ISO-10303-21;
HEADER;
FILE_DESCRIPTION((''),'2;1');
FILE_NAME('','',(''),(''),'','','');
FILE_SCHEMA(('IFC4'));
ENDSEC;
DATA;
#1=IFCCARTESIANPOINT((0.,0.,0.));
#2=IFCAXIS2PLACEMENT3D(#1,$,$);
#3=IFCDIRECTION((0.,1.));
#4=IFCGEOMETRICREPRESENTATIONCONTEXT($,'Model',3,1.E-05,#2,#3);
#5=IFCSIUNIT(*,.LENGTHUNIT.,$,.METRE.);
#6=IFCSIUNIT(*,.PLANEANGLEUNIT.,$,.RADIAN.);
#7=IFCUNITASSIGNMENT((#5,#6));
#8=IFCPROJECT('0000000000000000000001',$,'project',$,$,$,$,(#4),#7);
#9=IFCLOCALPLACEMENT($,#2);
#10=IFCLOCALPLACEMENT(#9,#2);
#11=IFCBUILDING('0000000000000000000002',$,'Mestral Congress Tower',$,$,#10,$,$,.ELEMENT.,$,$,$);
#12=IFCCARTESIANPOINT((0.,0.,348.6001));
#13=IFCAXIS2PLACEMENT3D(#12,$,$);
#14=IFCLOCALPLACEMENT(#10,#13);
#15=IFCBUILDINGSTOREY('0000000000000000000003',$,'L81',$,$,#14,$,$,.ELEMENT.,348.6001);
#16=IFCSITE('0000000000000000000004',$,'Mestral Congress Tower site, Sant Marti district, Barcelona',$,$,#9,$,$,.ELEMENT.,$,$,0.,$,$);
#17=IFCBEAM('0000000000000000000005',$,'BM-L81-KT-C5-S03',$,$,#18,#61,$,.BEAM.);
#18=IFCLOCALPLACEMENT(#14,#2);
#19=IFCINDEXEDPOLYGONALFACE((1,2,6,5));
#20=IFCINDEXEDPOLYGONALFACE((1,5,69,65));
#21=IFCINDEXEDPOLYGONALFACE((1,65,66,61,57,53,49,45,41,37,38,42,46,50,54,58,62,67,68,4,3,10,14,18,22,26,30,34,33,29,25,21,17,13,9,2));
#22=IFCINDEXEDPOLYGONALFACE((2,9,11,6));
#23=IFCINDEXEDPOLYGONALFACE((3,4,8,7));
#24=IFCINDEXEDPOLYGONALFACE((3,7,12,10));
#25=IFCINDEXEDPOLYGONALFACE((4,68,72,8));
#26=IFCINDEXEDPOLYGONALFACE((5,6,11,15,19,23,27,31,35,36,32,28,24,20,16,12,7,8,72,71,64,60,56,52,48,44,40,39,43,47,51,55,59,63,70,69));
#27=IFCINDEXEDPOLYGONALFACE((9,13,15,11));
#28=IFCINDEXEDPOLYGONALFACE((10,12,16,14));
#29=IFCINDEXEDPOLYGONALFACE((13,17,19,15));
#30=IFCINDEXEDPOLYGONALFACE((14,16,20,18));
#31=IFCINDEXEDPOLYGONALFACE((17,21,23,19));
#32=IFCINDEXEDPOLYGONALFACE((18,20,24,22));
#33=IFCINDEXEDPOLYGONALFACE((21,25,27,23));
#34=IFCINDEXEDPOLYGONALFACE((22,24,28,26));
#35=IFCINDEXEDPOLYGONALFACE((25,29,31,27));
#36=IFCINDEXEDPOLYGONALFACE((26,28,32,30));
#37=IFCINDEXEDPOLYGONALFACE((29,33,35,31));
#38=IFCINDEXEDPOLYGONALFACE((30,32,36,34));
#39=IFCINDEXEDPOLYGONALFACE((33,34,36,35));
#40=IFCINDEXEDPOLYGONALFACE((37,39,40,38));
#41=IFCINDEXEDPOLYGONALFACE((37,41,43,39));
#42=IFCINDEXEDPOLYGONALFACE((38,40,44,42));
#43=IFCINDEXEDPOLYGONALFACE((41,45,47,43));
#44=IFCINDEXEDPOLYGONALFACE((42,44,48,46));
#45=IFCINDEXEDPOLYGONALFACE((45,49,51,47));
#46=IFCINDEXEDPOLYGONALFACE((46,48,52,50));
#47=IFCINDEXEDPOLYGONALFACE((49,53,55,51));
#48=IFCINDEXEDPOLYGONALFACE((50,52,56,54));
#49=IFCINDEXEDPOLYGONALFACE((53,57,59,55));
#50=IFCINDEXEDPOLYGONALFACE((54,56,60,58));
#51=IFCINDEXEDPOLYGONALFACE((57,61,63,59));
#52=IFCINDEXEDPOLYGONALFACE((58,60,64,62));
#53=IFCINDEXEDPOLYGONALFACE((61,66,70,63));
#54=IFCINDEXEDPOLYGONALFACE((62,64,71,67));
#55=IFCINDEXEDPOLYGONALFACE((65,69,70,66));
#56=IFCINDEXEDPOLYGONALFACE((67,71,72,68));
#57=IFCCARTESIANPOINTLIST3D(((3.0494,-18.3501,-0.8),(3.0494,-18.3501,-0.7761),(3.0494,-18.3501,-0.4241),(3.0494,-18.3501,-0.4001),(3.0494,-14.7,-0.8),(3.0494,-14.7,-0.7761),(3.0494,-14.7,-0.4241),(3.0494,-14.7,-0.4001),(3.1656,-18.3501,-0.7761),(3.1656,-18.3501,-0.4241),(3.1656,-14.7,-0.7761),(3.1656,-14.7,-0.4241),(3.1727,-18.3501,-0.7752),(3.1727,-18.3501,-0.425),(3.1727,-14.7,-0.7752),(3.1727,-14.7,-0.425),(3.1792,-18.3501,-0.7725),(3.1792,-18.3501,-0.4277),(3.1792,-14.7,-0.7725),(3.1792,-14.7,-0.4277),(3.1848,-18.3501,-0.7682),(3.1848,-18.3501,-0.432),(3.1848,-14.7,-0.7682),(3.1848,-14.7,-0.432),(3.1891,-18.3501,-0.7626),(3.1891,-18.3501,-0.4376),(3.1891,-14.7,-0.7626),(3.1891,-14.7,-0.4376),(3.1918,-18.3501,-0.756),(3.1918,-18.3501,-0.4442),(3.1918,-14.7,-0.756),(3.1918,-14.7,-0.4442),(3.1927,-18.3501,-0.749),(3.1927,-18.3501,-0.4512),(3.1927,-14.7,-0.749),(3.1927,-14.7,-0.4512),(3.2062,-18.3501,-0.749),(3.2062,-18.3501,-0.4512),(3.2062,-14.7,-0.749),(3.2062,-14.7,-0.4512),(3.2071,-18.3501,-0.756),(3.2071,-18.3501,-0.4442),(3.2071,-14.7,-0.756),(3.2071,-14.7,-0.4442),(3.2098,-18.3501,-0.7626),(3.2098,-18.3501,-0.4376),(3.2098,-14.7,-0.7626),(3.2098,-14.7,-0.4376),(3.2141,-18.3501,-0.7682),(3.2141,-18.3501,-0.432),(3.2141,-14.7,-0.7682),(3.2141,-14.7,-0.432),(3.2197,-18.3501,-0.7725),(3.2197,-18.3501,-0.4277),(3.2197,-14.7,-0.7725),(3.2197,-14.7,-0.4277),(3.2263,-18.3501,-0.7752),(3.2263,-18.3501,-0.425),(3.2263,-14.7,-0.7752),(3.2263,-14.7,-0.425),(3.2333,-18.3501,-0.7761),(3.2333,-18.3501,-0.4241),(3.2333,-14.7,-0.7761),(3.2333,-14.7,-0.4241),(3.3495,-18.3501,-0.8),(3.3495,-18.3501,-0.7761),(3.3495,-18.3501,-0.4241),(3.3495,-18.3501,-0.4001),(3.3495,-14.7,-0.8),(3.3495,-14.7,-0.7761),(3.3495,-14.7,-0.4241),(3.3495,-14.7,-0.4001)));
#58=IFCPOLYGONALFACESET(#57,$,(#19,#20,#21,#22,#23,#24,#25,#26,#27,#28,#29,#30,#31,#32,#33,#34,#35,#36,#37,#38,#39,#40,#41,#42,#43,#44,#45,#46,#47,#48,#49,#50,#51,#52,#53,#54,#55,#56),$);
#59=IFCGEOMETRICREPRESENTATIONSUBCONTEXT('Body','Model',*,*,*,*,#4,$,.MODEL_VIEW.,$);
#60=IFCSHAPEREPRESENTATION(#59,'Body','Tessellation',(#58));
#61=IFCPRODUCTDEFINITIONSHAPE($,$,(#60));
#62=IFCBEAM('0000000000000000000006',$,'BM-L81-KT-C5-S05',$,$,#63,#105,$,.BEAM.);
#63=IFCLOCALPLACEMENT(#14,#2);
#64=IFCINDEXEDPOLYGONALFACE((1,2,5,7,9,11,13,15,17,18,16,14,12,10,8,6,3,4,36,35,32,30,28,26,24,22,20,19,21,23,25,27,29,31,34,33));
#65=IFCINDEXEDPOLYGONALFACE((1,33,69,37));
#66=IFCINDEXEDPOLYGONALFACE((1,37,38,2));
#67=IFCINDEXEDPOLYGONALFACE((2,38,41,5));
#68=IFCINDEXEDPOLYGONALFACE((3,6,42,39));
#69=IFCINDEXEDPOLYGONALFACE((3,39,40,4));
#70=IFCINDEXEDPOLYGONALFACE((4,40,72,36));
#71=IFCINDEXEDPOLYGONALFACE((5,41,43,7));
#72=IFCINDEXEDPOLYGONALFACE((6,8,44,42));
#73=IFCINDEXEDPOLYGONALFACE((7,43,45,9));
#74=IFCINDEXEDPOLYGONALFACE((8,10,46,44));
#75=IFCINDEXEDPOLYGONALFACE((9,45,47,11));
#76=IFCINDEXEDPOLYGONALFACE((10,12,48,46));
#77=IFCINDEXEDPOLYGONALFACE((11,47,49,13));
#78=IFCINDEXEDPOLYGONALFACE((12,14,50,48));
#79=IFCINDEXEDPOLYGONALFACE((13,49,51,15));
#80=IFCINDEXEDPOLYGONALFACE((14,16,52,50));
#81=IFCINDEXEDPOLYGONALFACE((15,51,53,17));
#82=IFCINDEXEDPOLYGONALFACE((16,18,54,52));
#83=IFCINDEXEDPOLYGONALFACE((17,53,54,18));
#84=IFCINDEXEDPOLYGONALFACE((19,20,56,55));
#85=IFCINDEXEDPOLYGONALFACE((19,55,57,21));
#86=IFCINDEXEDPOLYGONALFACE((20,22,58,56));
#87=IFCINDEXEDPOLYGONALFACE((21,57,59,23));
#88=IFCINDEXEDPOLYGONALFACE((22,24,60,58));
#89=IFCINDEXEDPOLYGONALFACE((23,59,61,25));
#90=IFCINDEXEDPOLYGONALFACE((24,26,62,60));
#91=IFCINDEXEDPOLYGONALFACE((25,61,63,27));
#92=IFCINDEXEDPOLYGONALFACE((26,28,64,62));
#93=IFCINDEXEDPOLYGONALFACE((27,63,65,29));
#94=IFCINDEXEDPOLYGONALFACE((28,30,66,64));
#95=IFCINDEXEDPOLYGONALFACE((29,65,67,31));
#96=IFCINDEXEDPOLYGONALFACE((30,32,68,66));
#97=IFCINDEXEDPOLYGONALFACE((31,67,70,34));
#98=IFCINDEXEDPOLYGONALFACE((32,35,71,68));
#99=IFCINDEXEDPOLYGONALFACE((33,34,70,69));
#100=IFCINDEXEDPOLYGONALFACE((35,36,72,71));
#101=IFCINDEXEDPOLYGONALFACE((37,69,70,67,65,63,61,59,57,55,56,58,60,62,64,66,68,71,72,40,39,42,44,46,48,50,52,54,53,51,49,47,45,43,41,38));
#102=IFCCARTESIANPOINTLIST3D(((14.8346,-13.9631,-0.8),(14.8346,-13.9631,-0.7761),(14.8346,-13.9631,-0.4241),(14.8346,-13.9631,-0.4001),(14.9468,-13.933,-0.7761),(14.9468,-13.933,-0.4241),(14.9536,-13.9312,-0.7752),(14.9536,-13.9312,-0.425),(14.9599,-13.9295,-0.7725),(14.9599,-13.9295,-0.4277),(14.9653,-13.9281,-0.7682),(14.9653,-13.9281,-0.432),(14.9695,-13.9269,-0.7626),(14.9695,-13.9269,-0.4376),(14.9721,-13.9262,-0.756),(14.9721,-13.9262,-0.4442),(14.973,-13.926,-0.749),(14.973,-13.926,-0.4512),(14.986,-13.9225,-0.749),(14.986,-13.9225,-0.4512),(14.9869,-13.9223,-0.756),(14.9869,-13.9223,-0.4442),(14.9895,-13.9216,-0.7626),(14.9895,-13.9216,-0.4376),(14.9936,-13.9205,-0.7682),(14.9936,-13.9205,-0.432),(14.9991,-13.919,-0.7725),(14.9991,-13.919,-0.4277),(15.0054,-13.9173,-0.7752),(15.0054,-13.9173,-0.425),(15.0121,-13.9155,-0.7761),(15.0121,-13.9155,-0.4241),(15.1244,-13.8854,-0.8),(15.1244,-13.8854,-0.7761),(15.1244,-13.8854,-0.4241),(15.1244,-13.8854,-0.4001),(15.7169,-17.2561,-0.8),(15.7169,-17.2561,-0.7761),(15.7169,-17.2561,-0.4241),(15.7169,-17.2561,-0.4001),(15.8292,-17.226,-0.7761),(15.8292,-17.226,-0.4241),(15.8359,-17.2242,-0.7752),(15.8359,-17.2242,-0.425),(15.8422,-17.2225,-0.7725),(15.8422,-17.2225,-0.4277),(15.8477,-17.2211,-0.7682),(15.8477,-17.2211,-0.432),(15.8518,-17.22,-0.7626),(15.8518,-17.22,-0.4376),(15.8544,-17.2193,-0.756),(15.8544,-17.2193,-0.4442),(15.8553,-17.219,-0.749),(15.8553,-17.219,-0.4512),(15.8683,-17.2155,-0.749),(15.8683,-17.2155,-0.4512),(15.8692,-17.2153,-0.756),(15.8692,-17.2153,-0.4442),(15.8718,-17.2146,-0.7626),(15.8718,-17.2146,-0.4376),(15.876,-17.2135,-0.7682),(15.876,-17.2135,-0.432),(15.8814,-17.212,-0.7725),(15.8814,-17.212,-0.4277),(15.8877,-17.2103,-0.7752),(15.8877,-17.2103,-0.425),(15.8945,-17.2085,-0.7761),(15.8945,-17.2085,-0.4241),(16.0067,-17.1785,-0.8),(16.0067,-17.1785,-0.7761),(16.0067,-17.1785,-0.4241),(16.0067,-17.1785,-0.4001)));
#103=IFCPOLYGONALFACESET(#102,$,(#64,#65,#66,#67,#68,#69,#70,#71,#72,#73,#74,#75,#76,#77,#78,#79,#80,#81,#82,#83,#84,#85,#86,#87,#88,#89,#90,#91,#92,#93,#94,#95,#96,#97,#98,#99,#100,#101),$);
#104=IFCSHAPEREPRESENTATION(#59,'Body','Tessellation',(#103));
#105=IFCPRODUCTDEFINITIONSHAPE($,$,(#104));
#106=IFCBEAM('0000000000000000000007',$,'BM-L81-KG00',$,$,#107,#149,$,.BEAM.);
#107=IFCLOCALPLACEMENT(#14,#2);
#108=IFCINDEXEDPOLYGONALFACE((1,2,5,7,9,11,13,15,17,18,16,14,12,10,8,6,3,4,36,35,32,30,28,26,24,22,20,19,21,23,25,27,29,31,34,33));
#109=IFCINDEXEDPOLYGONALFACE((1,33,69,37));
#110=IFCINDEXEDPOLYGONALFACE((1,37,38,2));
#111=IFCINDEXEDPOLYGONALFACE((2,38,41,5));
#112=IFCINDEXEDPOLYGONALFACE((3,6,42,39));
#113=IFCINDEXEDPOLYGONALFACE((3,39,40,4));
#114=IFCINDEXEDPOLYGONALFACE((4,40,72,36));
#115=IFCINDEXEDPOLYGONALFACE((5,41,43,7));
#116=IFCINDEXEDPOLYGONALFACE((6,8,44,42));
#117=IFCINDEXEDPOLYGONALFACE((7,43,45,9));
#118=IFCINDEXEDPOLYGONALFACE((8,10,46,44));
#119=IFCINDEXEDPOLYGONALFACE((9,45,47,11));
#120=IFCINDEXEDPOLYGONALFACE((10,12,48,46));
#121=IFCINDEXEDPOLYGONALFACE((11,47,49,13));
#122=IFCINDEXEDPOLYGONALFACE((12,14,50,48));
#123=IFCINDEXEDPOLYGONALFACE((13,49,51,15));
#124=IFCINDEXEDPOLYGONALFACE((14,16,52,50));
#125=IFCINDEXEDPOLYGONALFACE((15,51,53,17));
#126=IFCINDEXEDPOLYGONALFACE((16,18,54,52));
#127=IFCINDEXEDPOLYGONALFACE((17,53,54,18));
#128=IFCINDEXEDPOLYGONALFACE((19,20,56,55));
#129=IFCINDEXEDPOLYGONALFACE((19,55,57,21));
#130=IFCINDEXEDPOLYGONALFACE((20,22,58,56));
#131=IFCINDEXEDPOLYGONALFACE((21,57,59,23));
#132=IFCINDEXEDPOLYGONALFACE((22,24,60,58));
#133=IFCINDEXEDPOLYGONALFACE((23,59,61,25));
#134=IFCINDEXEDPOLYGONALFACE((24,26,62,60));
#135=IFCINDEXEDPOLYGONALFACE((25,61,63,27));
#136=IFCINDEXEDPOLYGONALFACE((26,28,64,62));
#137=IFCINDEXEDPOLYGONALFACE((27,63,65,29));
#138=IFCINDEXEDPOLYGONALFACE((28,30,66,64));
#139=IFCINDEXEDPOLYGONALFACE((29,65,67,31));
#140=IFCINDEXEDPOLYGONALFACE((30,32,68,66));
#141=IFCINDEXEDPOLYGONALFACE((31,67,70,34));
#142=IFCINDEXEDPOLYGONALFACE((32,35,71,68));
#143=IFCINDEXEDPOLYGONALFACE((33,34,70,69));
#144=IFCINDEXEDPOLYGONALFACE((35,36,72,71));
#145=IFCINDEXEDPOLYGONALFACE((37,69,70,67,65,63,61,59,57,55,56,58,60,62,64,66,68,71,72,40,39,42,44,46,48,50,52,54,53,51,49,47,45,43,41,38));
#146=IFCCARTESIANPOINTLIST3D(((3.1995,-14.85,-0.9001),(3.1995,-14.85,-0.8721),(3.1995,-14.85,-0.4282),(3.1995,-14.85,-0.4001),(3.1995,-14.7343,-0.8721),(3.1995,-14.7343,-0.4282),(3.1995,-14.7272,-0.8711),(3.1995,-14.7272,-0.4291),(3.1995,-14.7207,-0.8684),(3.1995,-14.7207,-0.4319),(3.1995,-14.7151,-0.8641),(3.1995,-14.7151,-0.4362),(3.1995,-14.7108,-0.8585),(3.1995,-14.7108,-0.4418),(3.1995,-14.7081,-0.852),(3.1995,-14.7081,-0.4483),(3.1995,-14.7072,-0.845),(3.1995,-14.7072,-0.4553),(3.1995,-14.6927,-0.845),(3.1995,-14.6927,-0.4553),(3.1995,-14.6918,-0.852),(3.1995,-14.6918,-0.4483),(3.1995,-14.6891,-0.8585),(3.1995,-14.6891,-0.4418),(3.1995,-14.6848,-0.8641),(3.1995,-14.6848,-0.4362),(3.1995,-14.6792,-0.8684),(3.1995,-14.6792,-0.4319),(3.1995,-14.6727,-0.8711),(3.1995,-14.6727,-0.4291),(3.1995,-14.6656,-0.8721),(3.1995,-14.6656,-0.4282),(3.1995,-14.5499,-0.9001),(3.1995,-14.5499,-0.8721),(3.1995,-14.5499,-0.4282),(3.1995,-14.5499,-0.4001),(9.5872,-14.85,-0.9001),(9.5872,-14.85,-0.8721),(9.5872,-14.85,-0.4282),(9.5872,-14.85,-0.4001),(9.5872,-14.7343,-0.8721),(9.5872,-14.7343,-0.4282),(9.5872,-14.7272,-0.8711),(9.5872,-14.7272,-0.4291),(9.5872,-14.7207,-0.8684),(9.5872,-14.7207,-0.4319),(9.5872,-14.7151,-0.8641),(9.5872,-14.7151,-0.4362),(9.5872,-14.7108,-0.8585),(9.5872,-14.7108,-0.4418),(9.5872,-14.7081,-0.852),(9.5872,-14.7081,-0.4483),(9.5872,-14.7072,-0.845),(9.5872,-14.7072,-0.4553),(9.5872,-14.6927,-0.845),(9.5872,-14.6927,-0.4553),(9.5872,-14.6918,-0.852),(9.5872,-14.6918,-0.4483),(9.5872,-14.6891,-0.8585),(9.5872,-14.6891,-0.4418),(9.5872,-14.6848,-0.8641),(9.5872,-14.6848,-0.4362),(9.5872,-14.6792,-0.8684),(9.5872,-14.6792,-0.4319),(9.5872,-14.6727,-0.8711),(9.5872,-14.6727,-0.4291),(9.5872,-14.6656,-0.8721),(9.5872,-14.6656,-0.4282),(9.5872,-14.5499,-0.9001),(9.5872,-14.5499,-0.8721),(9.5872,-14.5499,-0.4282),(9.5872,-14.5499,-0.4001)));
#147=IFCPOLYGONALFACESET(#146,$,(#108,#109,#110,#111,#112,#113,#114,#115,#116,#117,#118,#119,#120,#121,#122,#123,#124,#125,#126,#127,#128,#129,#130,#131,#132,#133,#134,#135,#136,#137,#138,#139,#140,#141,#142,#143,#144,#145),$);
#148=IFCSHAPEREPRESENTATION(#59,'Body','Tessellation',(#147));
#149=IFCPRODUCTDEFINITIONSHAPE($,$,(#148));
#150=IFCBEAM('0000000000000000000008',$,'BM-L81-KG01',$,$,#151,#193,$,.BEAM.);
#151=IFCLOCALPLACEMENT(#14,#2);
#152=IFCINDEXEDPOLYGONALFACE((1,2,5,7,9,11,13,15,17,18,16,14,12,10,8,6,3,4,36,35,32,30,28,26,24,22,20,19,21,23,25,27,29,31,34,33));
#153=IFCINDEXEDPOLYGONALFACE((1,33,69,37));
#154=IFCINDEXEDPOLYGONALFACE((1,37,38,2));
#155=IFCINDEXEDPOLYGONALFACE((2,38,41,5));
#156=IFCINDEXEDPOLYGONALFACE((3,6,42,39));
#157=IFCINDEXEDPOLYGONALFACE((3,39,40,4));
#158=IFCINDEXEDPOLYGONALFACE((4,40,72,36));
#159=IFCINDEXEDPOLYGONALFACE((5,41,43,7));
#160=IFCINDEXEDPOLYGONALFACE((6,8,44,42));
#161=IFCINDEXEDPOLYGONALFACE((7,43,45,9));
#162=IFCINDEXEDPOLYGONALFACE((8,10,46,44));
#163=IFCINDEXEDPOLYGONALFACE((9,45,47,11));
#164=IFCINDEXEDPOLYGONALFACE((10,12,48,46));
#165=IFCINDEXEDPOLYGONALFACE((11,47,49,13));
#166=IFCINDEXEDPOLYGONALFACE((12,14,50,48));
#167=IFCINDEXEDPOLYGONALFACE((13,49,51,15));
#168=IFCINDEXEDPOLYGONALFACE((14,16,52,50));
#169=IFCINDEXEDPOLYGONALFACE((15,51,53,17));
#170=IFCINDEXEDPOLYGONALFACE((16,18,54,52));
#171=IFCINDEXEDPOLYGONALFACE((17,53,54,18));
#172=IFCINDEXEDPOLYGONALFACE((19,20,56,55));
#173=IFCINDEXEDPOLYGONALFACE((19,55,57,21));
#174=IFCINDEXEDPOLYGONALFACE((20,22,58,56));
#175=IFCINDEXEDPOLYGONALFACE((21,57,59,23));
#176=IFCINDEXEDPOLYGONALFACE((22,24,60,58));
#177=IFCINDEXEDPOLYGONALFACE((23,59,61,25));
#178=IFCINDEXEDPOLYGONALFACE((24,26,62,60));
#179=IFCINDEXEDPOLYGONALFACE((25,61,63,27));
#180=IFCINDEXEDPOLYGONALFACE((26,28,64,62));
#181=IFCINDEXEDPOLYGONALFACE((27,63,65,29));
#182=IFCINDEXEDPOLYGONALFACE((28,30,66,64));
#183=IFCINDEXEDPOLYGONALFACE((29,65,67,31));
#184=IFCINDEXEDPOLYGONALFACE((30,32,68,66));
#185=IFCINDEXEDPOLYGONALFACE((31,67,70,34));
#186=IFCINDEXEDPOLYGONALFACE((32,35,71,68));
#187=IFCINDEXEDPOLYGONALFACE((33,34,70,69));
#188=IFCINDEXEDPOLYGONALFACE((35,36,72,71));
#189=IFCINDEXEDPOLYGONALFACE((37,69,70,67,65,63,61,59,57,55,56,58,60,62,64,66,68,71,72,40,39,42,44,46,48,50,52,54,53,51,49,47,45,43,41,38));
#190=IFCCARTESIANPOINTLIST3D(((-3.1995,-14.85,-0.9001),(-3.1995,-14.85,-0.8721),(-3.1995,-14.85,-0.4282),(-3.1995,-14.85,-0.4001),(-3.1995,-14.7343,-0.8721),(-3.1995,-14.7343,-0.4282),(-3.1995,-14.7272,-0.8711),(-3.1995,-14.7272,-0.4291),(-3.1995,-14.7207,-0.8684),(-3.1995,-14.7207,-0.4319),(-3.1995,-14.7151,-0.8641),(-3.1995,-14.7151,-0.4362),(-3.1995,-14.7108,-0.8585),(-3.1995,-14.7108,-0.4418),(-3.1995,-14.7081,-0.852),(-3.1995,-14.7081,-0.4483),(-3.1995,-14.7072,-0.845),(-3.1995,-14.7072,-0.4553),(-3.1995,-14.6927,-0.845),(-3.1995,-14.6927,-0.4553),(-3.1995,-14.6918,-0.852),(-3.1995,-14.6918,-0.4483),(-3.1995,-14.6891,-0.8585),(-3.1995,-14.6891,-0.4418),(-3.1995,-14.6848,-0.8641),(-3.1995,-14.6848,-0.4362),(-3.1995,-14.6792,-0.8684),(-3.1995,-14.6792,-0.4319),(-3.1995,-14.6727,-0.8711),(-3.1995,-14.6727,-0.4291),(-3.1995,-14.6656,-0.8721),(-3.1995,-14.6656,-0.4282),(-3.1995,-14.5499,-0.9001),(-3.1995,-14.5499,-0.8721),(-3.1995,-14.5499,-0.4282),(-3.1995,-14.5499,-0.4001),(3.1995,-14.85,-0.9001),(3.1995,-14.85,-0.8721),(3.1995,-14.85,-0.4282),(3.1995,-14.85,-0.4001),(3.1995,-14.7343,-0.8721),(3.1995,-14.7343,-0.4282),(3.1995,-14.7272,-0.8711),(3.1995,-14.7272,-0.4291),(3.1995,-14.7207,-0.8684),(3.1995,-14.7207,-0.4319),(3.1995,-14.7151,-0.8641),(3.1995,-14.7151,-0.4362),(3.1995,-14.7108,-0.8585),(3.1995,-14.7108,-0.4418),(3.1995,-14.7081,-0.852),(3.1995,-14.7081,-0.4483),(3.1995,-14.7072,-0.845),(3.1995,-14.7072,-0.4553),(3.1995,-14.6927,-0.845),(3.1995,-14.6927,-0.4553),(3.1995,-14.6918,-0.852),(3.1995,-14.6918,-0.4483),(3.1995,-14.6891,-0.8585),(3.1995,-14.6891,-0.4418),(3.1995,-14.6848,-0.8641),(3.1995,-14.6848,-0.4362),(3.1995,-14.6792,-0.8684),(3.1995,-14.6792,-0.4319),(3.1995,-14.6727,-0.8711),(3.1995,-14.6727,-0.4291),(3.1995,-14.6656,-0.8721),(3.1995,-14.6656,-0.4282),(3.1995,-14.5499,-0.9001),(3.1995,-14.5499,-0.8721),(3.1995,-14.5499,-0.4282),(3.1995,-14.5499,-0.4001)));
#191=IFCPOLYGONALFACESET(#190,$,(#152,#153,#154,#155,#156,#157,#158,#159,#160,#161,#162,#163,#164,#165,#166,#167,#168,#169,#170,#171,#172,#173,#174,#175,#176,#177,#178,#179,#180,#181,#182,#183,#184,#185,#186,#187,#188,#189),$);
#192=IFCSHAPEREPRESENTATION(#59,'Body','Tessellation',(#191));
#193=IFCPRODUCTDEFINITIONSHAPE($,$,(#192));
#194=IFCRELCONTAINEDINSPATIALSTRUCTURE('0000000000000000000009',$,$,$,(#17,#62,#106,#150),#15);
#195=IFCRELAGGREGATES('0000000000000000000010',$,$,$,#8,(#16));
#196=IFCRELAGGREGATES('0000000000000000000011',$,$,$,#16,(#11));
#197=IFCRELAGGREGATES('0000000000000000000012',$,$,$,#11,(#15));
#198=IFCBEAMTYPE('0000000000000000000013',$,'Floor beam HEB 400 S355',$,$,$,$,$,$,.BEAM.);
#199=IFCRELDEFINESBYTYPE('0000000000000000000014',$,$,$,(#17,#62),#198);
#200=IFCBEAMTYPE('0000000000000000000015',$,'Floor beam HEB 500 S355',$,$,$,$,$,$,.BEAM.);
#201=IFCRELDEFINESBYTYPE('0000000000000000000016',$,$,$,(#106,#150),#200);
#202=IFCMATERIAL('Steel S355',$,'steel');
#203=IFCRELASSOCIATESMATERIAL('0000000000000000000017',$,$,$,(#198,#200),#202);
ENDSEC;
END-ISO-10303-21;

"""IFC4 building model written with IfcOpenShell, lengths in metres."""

from ifc_helpers import new_model, si_unit, direction, frame, origin, origin_2d, place, context, subcontext, project, spatial, i_section, extrude, material, material_profile, profile_set, type_object, element, save


model = new_model("IFC4")

# Units and contexts
model_context = context("Model", 3, precision=1e-05, world=origin(), true_north=direction((0.0, 1.0)))
body_context = subcontext(model_context, "Body", "Model", "MODEL_VIEW")
ifc_project = project(units=[si_unit("LENGTHUNIT", "METRE"), si_unit("PLANEANGLEUNIT", "RADIAN")], contexts=[model_context])

# Site, building, storey
site_placement = place(None, origin())
site = spatial("IfcSite", under=ifc_project, at=site_placement, Name="Mestral Congress Tower site, Sant Marti district, Barcelona", CompositionType="ELEMENT", RefElevation=0.0)
building_placement = place(site_placement, origin())
building = spatial("IfcBuilding", under=site, at=building_placement, Name="Mestral Congress Tower", CompositionType="ELEMENT")
storey_placement = place(building_placement, frame((0.0, 0.0, 348.6001)))
storey = spatial("IfcBuildingStorey", under=building, at=storey_placement, Name="L81", CompositionType="ELEMENT", Elevation=348.6001)

# Beams
ifc_material_1 = material(Name="Steel S355", Category="steel")
ifc_material_profile_1 = material_profile(ifc_material_1, i_section(OverallWidth=0.3, OverallDepth=0.3999, WebThickness=0.0134, FlangeThickness=0.0239, FilletRadius=0.0271, at=origin_2d()), Name="HEB 400")
ifc_profile_set_1 = profile_set([ifc_material_profile_1], Name="Steel S355")
beam_type_1 = type_object("IfcBeamType", Name="Floor beam HEB 400 S355", PredefinedType="BEAM", material=ifc_profile_set_1)
beam_1_placement = place(storey_placement, frame((3.1995, -18.3501, -0.6001), z_axis=(0.0, 1.0, 0.0), x_axis=(-1.0, 0.0, 0.0)))
element("IfcBeam", 1, at=beam_1_placement, inside=storey, type_object=beam_type_1, Name="BM-L81-KT-C5-S03", PredefinedType="BEAM", context=body_context, shape_type="SweptSolid", body=[
    extrude(i_section(OverallWidth=0.3, OverallDepth=0.3999, WebThickness=0.0134, FlangeThickness=0.0239, FilletRadius=0.0271, at=origin_2d()), origin(), (0.0, 0.0, 1.0), 3.6501),
])
beam_2_placement = place(storey_placement, frame((15.8618, -17.2173, -0.6001), z_axis=(-0.258812, 0.965928, 0.0), x_axis=(-0.965928, -0.258812, 0.0)))
element("IfcBeam", 2, at=beam_2_placement, inside=storey, type_object=beam_type_1, Name="BM-L81-KT-C5-S05", PredefinedType="BEAM", context=body_context, shape_type="SweptSolid", body=[
    extrude(i_section(OverallWidth=0.3, OverallDepth=0.3999, WebThickness=0.0134, FlangeThickness=0.0239, FilletRadius=0.0271, at=origin_2d()), origin(), (0.0, 0.0, 1.0), 3.4092),
])
ifc_material_profile_2 = material_profile(ifc_material_1, i_section(OverallWidth=0.3, OverallDepth=0.5, WebThickness=0.0144, FlangeThickness=0.0281, FilletRadius=0.0271, at=origin_2d()), Name="HEB 500")
ifc_profile_set_2 = profile_set([ifc_material_profile_2], Name="Steel S355")
beam_type_2 = type_object("IfcBeamType", Name="Floor beam HEB 500 S355", PredefinedType="BEAM", material=ifc_profile_set_2)
beam_3_placement = place(storey_placement, frame((9.5872, -14.7, -0.6501), z_axis=(-1.0, 0.0, 0.0), x_axis=(0.0, -1.0, 0.0)))
element("IfcBeam", 3, at=beam_3_placement, inside=storey, type_object=beam_type_2, Name="BM-L81-KG00", PredefinedType="BEAM", context=body_context, shape_type="SweptSolid", body=[
    extrude(i_section(OverallWidth=0.3, OverallDepth=0.5, WebThickness=0.0144, FlangeThickness=0.0281, FilletRadius=0.0271, at=origin_2d()), origin(), (0.0, 0.0, 1.0), 6.3877),
])
beam_4_placement = place(storey_placement, frame((3.1995, -14.7, -0.6501), z_axis=(-1.0, 0.0, 0.0), x_axis=(0.0, -1.0, 0.0)))
element("IfcBeam", 4, at=beam_4_placement, inside=storey, type_object=beam_type_2, Name="BM-L81-KG01", PredefinedType="BEAM", context=body_context, shape_type="SweptSolid", body=[
    extrude(i_section(OverallWidth=0.3, OverallDepth=0.5, WebThickness=0.0144, FlangeThickness=0.0281, FilletRadius=0.0271, at=origin_2d()), origin(), (0.0, 0.0, 1.0), 6.3989),
])

save(model, "model.ifc")
